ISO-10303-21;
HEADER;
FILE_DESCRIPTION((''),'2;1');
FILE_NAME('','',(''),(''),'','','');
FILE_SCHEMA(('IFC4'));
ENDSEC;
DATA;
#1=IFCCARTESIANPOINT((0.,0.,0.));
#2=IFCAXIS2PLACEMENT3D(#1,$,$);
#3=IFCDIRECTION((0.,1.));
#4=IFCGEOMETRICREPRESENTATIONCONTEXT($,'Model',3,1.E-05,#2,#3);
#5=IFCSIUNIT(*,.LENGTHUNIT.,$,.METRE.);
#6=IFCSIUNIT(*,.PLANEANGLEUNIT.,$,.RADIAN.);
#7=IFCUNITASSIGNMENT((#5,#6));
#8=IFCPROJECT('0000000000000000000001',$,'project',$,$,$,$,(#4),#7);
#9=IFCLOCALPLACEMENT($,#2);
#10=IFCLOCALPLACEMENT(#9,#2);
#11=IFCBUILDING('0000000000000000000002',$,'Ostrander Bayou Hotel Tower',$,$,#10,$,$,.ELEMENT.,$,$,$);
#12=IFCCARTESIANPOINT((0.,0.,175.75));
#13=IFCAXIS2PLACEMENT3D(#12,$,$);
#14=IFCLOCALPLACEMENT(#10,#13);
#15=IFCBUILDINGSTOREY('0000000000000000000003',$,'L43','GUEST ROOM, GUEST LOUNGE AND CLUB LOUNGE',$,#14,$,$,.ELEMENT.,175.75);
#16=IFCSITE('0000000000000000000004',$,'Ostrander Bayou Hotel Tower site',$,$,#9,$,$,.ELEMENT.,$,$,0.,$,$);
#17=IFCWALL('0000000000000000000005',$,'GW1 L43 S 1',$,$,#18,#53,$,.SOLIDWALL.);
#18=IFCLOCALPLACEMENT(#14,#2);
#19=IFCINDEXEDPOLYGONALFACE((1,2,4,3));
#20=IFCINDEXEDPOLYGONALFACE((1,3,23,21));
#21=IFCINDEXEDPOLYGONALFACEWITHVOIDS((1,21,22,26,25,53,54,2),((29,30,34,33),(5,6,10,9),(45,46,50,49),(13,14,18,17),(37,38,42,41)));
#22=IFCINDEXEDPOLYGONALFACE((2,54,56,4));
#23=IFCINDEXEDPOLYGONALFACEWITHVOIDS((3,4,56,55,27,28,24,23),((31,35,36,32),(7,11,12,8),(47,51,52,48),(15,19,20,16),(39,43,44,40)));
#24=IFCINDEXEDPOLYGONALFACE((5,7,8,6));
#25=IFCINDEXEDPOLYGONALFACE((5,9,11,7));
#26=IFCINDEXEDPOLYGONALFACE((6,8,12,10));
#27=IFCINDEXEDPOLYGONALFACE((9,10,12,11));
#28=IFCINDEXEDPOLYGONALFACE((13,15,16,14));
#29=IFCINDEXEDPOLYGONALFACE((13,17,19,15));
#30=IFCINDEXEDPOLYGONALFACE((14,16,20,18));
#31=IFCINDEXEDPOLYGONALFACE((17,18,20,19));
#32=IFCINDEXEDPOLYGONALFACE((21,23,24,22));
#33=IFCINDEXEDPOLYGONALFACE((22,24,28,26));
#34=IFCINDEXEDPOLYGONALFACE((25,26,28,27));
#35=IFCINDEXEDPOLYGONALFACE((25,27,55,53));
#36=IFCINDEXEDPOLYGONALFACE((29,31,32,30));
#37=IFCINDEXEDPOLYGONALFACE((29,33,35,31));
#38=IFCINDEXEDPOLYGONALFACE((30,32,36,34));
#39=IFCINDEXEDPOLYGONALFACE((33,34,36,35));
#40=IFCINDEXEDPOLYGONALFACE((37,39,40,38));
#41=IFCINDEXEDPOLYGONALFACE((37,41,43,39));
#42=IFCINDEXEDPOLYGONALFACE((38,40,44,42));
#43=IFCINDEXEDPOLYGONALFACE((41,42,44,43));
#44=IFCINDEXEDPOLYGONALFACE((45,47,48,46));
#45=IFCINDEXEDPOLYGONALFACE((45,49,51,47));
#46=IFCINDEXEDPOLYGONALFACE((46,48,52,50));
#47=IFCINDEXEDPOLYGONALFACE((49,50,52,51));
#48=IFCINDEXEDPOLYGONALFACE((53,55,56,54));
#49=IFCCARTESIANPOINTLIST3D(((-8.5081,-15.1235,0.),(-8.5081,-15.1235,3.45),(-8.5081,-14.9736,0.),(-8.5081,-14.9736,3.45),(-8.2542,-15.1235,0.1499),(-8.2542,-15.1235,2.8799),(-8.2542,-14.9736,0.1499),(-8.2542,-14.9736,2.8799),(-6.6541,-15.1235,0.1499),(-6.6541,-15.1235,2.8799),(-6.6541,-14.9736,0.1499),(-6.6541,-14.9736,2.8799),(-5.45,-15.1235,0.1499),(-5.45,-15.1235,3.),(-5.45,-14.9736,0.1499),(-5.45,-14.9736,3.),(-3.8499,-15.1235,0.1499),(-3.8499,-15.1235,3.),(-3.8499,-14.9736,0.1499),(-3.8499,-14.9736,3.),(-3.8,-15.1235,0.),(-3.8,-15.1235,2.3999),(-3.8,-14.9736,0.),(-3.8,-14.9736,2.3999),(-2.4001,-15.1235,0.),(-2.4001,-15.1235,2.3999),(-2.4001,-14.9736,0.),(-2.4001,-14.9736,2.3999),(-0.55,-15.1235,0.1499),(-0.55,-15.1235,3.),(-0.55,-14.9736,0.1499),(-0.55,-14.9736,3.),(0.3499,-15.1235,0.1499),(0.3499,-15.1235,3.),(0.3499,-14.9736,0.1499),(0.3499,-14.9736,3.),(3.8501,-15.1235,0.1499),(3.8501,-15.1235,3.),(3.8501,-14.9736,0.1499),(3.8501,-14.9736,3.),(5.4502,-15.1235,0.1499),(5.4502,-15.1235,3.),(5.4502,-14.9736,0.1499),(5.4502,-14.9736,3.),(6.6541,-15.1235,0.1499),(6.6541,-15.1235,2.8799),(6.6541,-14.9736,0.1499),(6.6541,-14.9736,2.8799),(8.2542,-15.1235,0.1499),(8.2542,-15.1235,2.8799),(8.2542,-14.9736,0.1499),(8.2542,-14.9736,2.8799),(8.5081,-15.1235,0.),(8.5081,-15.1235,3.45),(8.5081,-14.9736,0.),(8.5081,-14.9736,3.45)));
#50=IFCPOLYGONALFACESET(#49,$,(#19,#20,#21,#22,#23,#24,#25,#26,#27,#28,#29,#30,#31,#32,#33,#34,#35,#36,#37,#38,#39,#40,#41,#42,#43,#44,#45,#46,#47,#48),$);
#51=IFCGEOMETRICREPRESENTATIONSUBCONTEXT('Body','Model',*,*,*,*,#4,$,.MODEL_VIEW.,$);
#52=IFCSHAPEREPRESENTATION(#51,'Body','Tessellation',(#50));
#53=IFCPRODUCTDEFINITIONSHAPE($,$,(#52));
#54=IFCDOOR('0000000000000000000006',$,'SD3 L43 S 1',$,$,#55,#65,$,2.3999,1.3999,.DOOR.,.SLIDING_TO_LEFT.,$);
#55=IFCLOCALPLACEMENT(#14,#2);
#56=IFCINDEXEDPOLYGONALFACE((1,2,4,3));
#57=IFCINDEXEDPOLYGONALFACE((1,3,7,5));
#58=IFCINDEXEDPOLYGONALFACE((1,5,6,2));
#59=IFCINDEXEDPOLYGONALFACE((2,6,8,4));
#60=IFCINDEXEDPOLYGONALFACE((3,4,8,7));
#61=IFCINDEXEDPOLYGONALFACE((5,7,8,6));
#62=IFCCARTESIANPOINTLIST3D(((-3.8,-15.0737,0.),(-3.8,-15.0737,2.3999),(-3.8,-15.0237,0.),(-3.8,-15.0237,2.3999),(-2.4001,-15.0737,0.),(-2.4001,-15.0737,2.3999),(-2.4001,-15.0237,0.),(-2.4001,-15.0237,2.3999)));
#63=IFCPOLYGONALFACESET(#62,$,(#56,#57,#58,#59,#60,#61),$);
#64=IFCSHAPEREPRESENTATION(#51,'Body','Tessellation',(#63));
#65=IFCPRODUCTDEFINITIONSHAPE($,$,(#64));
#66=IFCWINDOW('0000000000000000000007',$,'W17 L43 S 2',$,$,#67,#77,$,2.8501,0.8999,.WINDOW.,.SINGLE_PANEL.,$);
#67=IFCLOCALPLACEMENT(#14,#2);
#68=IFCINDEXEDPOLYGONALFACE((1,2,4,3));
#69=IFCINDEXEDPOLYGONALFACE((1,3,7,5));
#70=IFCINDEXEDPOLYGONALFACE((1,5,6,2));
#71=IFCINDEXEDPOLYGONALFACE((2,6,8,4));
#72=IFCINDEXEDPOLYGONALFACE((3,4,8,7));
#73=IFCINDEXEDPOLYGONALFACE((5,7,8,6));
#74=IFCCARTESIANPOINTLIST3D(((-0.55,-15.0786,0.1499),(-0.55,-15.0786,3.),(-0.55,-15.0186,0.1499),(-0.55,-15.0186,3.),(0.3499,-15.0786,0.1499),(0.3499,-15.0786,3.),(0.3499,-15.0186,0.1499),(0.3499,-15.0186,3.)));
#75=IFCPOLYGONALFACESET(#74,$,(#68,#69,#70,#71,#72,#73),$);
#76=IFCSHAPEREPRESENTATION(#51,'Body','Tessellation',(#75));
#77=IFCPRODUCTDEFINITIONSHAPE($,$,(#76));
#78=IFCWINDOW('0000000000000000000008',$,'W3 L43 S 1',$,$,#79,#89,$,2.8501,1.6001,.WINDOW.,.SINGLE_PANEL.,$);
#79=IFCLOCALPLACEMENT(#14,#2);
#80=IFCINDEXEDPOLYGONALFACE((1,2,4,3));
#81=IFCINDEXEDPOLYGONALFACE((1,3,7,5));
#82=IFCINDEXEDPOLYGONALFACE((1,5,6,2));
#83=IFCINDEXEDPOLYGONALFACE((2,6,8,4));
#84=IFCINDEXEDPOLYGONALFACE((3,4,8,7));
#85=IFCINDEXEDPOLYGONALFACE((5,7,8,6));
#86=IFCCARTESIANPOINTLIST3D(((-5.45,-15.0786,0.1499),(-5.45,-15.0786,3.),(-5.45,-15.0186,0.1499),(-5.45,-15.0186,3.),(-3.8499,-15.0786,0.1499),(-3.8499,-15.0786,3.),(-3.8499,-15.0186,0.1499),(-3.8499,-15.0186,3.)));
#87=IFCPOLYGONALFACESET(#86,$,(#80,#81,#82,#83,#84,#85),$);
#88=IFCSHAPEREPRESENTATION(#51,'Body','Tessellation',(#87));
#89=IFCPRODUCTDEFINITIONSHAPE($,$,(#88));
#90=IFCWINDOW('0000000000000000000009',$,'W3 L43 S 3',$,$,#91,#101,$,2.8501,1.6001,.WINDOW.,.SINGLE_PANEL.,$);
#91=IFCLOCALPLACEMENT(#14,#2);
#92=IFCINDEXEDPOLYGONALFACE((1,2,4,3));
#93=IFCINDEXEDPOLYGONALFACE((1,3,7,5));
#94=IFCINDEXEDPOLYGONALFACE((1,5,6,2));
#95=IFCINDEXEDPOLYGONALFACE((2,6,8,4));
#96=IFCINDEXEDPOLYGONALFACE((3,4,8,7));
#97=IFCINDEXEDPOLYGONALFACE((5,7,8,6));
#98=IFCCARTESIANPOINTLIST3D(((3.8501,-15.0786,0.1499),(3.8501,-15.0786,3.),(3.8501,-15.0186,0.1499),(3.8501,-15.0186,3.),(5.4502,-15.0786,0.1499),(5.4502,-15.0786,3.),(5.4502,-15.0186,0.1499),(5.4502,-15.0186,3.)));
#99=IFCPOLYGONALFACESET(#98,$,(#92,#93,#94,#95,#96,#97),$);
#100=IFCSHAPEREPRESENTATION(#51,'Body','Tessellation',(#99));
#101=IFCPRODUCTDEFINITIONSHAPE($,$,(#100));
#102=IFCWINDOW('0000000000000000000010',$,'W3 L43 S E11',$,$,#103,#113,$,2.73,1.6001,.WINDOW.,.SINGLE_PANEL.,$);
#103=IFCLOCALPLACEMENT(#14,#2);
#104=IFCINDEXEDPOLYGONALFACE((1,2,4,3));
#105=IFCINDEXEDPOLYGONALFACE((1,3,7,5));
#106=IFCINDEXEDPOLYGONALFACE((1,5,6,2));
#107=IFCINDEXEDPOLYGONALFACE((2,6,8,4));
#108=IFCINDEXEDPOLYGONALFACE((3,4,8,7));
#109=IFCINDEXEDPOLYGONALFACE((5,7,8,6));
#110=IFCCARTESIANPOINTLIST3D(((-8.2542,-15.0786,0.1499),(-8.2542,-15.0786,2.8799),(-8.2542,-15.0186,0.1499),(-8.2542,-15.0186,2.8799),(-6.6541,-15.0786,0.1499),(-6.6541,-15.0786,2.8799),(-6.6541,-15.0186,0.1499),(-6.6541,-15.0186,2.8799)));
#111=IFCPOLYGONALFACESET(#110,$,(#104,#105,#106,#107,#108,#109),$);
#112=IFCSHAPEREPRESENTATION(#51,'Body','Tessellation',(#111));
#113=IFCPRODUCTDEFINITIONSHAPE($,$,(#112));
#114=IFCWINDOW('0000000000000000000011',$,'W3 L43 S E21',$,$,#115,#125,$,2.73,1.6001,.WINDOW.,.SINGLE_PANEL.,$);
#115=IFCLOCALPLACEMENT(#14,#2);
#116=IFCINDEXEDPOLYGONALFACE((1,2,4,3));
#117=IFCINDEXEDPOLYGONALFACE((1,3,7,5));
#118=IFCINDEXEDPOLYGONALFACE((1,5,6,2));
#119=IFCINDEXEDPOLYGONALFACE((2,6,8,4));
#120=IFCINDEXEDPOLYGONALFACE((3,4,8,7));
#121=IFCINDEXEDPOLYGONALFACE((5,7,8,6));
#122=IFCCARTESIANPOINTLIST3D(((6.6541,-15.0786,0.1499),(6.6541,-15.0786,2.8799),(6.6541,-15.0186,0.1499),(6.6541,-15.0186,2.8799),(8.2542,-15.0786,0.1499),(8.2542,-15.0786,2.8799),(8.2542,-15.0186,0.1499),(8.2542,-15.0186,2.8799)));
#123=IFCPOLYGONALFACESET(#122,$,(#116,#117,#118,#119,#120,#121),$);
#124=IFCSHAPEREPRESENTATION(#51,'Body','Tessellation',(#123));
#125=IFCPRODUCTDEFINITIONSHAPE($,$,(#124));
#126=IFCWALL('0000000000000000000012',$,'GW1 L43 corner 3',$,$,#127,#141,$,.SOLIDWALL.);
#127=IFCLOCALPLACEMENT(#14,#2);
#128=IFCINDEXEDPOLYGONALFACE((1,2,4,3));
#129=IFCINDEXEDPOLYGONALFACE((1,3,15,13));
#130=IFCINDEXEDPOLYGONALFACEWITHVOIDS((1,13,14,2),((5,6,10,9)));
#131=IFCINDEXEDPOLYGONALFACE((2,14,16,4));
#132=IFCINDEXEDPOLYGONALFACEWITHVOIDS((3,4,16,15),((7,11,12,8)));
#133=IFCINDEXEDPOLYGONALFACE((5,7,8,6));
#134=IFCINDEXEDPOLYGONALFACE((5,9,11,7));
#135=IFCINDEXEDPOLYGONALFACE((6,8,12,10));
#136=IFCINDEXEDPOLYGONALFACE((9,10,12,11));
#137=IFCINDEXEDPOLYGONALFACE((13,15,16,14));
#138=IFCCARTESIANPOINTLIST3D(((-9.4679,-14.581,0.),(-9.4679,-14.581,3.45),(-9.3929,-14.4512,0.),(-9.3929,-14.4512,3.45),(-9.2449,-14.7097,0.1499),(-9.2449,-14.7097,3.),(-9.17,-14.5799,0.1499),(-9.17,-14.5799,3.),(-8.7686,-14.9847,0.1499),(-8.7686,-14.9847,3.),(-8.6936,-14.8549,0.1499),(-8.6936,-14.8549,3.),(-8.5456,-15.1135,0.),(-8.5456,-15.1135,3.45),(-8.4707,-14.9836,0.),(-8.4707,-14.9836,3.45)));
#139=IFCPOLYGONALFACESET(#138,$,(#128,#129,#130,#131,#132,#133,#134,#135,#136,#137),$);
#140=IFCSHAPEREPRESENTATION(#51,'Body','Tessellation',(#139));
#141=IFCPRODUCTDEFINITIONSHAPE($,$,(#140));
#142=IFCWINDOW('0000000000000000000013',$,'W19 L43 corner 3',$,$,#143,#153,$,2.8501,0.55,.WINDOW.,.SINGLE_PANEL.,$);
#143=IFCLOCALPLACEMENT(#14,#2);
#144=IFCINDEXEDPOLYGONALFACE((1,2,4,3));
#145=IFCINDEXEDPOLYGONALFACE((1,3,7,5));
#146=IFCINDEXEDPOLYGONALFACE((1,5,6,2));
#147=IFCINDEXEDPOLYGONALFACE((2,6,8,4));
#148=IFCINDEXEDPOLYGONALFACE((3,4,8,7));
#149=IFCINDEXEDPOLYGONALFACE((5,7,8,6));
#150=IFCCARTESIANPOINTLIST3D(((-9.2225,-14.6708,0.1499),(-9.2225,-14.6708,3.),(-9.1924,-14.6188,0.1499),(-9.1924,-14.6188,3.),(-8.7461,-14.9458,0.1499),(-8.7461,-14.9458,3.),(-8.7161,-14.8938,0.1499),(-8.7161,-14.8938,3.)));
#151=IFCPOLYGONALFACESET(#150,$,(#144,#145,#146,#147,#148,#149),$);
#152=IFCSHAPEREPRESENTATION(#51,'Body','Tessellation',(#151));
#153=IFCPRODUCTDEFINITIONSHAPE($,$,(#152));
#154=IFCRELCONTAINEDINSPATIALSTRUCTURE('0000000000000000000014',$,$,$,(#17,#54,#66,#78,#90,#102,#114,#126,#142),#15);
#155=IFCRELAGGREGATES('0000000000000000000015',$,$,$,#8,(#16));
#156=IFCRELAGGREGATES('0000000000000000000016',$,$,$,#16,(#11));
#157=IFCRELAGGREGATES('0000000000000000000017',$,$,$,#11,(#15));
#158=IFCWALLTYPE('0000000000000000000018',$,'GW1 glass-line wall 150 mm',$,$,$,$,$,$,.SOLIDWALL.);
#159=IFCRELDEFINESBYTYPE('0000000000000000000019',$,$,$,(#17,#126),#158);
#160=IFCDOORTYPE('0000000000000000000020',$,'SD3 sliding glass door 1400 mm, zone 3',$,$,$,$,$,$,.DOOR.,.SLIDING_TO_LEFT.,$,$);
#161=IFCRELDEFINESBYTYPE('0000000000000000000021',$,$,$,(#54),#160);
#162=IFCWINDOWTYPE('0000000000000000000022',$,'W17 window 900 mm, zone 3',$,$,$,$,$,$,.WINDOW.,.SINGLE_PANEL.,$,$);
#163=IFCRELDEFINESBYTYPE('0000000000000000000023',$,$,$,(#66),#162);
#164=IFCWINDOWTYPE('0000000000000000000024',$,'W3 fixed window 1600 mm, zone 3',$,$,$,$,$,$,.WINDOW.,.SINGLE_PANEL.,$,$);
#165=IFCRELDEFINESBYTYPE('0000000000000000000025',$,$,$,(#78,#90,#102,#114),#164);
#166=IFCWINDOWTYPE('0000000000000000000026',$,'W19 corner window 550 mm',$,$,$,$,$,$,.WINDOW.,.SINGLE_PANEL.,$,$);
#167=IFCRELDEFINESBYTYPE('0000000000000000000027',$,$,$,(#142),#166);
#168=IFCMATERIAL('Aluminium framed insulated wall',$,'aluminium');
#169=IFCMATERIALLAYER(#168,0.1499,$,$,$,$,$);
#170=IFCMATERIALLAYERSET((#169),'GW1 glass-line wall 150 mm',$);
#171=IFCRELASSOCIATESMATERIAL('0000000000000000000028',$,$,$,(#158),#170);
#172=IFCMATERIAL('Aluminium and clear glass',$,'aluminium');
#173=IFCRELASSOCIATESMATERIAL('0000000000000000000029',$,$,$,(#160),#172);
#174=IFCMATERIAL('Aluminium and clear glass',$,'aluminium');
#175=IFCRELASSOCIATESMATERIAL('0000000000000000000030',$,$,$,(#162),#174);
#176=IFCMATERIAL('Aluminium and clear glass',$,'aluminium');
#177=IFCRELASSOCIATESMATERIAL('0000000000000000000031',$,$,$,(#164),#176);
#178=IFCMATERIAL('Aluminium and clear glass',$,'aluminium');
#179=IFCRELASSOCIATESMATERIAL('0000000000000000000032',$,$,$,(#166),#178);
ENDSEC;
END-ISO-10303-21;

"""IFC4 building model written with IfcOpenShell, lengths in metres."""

from ifc_helpers import new_model, si_unit, direction, frame, frame_2d, origin, place, context, subcontext, project, spatial, rectangle, extrude, material, layer, layer_set, type_object, element, fill, save


model = new_model("IFC4")

# Units and contexts
model_context = context("Model", 3, precision=1e-05, world=origin(), true_north=direction((0.0, 1.0)))
body_context = subcontext(model_context, "Body", "Model", "MODEL_VIEW")
ifc_project = project(units=[si_unit("LENGTHUNIT", "METRE"), si_unit("PLANEANGLEUNIT", "RADIAN")], contexts=[model_context])

# Site, building, storey
site_placement = place(None, origin())
site = spatial("IfcSite", under=ifc_project, at=site_placement, Name="Ostrander Bayou Hotel Tower site", CompositionType="ELEMENT", RefElevation=0.0)
building_placement = place(site_placement, origin())
building = spatial("IfcBuilding", under=site, at=building_placement, Name="Ostrander Bayou Hotel Tower", CompositionType="ELEMENT")
storey_placement = place(building_placement, frame((0.0, 0.0, 175.75)))
storey = spatial("IfcBuildingStorey", under=building, at=storey_placement, Name="L43", Description="GUEST ROOM, GUEST LOUNGE AND CLUB LOUNGE", CompositionType="ELEMENT", Elevation=175.75)

# Wall, openings, door, windows
ifc_material_1 = material(Name="Aluminium framed insulated wall", Category="aluminium")
ifc_layer_1 = layer(ifc_material_1, 0.1499)
ifc_layer_set_1 = layer_set([ifc_layer_1], Name="GW1 glass-line wall 150 mm")
wall_type_1 = type_object("IfcWallType", Name="GW1 glass-line wall 150 mm", PredefinedType="SOLIDWALL", material=ifc_layer_set_1)
wall_1_placement = place(storey_placement, frame((-8.5081, -15.0486, 0.0), z_axis=(0.0, 0.0, 1.0), x_axis=(1.0, 0.0, 0.0)))
wall_1 = element("IfcWall", 1, at=wall_1_placement, inside=storey, type_object=wall_type_1, Name="GW1 L43 S 1", PredefinedType="SOLIDWALL", context=body_context, shape_type="SweptSolid", body=[
    extrude(rectangle(XDim=17.0161, YDim=0.1499, at=frame_2d((8.5081, 0.0))), origin(), (0.0, 0.0, 1.0), 3.45),
])
opening_1_placement = place(wall_1_placement, frame((3.0581, 0.0, 0.1499)))
opening_1 = element("IfcOpeningElement", 2, at=opening_1_placement, cuts=wall_1, PredefinedType="OPENING", context=body_context, shape_type="SweptSolid", body=[
    extrude(rectangle(XDim=1.6001, YDim=2.8501, at=frame_2d((0.8, 1.425))), frame((0.0, 0.075, 0.0), z_axis=(0.0, -1.0, 0.0), x_axis=(1.0, 0.0, 0.0)), (0.0, 0.0, 1.0), 0.1499),
])
opening_2_placement = place(wall_1_placement, frame((4.708, 0.0, 0.0)))
opening_2 = element("IfcOpeningElement", 3, at=opening_2_placement, cuts=wall_1, PredefinedType="OPENING", context=body_context, shape_type="SweptSolid", body=[
    extrude(rectangle(XDim=1.3999, YDim=2.3999, at=frame_2d((0.7, 1.2))), frame((0.0, 0.075, 0.0), z_axis=(0.0, -1.0, 0.0), x_axis=(1.0, 0.0, 0.0)), (0.0, 0.0, 1.0), 0.1499),
])
opening_3_placement = place(wall_1_placement, frame((7.958, 0.0, 0.1499)))
opening_3 = element("IfcOpeningElement", 4, at=opening_3_placement, cuts=wall_1, PredefinedType="OPENING", context=body_context, shape_type="SweptSolid", body=[
    extrude(rectangle(XDim=0.8999, YDim=2.8501, at=frame_2d((0.45, 1.425))), frame((0.0, 0.075, 0.0), z_axis=(0.0, -1.0, 0.0), x_axis=(1.0, 0.0, 0.0)), (0.0, 0.0, 1.0), 0.1499),
])
opening_4_placement = place(wall_1_placement, frame((12.3582, 0.0, 0.1499)))
opening_4 = element("IfcOpeningElement", 5, at=opening_4_placement, cuts=wall_1, PredefinedType="OPENING", context=body_context, shape_type="SweptSolid", body=[
    extrude(rectangle(XDim=1.6001, YDim=2.8501, at=frame_2d((0.8, 1.425))), frame((0.0, 0.075, 0.0), z_axis=(0.0, -1.0, 0.0), x_axis=(1.0, 0.0, 0.0)), (0.0, 0.0, 1.0), 0.1499),
])
opening_5_placement = place(wall_1_placement, frame((0.2539, 0.0, 0.1499)))
opening_5 = element("IfcOpeningElement", 6, at=opening_5_placement, cuts=wall_1, PredefinedType="OPENING", context=body_context, shape_type="SweptSolid", body=[
    extrude(rectangle(XDim=1.6001, YDim=2.73, at=frame_2d((0.8, 1.365))), frame((0.0, 0.075, 0.0), z_axis=(0.0, -1.0, 0.0), x_axis=(1.0, 0.0, 0.0)), (0.0, 0.0, 1.0), 0.1499),
])
opening_6_placement = place(wall_1_placement, frame((15.1621, 0.0, 0.1499)))
opening_6 = element("IfcOpeningElement", 7, at=opening_6_placement, cuts=wall_1, PredefinedType="OPENING", context=body_context, shape_type="SweptSolid", body=[
    extrude(rectangle(XDim=1.6001, YDim=2.73, at=frame_2d((0.8, 1.365))), frame((0.0, 0.075, 0.0), z_axis=(0.0, -1.0, 0.0), x_axis=(1.0, 0.0, 0.0)), (0.0, 0.0, 1.0), 0.1499),
])
ifc_material_2 = material(Name="Aluminium and clear glass", Category="aluminium")
door_type_1 = type_object("IfcDoorType", Name="SD3 sliding glass door 1400 mm, zone 3", OperationType="SLIDING_TO_LEFT", PredefinedType="DOOR", material=ifc_material_2)
door_1_placement = place(opening_2_placement, origin())
door_1 = element("IfcDoor", 8, at=door_1_placement, inside=storey, type_object=door_type_1, Name="SD3 L43 S 1", OperationType="SLIDING_TO_LEFT", OverallHeight=2.3999, OverallWidth=1.3999, PredefinedType="DOOR", context=body_context, shape_type="SweptSolid", body=[
    extrude(rectangle(XDim=1.3999, YDim=2.3999, at=frame_2d((0.7, 1.2))), frame((0.0, 0.0249, 0.0), z_axis=(0.0, -1.0, 0.0), x_axis=(1.0, 0.0, 0.0)), (0.0, 0.0, 1.0), 0.05),
])
fill(opening_2, door_1)
ifc_material_3 = material(Name="Aluminium and clear glass", Category="aluminium")
window_type_1 = type_object("IfcWindowType", Name="W17 window 900 mm, zone 3", PartitioningType="SINGLE_PANEL", PredefinedType="WINDOW", material=ifc_material_3)
window_1_placement = place(opening_3_placement, origin())
window_1 = element("IfcWindow", 9, at=window_1_placement, inside=storey, type_object=window_type_1, Name="W17 L43 S 2", OverallHeight=2.8501, OverallWidth=0.8999, PartitioningType="SINGLE_PANEL", PredefinedType="WINDOW", context=body_context, shape_type="SweptSolid", body=[
    extrude(rectangle(XDim=0.8999, YDim=2.8501, at=frame_2d((0.45, 1.425))), frame((0.0, 0.03, 0.0), z_axis=(0.0, -1.0, 0.0), x_axis=(1.0, 0.0, 0.0)), (0.0, 0.0, 1.0), 0.0601),
])
fill(opening_3, window_1)
ifc_material_4 = material(Name="Aluminium and clear glass", Category="aluminium")
window_type_2 = type_object("IfcWindowType", Name="W3 fixed window 1600 mm, zone 3", PartitioningType="SINGLE_PANEL", PredefinedType="WINDOW", material=ifc_material_4)
window_2_placement = place(opening_1_placement, origin())
window_2 = element("IfcWindow", 10, at=window_2_placement, inside=storey, type_object=window_type_2, Name="W3 L43 S 1", OverallHeight=2.8501, OverallWidth=1.6001, PartitioningType="SINGLE_PANEL", PredefinedType="WINDOW", context=body_context, shape_type="SweptSolid", body=[
    extrude(rectangle(XDim=1.6001, YDim=2.8501, at=frame_2d((0.8, 1.425))), frame((0.0, 0.03, 0.0), z_axis=(0.0, -1.0, 0.0), x_axis=(1.0, 0.0, 0.0)), (0.0, 0.0, 1.0), 0.0601),
])
fill(opening_1, window_2)
window_3_placement = place(opening_4_placement, origin())
window_3 = element("IfcWindow", 11, at=window_3_placement, inside=storey, type_object=window_type_2, Name="W3 L43 S 3", OverallHeight=2.8501, OverallWidth=1.6001, PartitioningType="SINGLE_PANEL", PredefinedType="WINDOW", context=body_context, shape_type="SweptSolid", body=[
    extrude(rectangle(XDim=1.6001, YDim=2.8501, at=frame_2d((0.8, 1.425))), frame((0.0, 0.03, 0.0), z_axis=(0.0, -1.0, 0.0), x_axis=(1.0, 0.0, 0.0)), (0.0, 0.0, 1.0), 0.0601),
])
fill(opening_4, window_3)
window_4_placement = place(opening_5_placement, origin())
window_4 = element("IfcWindow", 12, at=window_4_placement, inside=storey, type_object=window_type_2, Name="W3 L43 S E11", OverallHeight=2.73, OverallWidth=1.6001, PartitioningType="SINGLE_PANEL", PredefinedType="WINDOW", context=body_context, shape_type="SweptSolid", body=[
    extrude(rectangle(XDim=1.6001, YDim=2.73, at=frame_2d((0.8, 1.365))), frame((0.0, 0.03, 0.0), z_axis=(0.0, -1.0, 0.0), x_axis=(1.0, 0.0, 0.0)), (0.0, 0.0, 1.0), 0.0601),
])
fill(opening_5, window_4)
window_5_placement = place(opening_6_placement, origin())
window_5 = element("IfcWindow", 13, at=window_5_placement, inside=storey, type_object=window_type_2, Name="W3 L43 S E21", OverallHeight=2.73, OverallWidth=1.6001, PartitioningType="SINGLE_PANEL", PredefinedType="WINDOW", context=body_context, shape_type="SweptSolid", body=[
    extrude(rectangle(XDim=1.6001, YDim=2.73, at=frame_2d((0.8, 1.365))), frame((0.0, 0.03, 0.0), z_axis=(0.0, -1.0, 0.0), x_axis=(1.0, 0.0, 0.0)), (0.0, 0.0, 1.0), 0.0601),
])
fill(opening_6, window_5)

# Wall, opening, window
wall_2_placement = place(storey_placement, frame((-9.4304, -14.5161, 0.0), z_axis=(0.0, 0.0, 1.0), x_axis=(0.866048, -0.499961, 0.0)))
wall_2 = element("IfcWall", 14, at=wall_2_placement, inside=storey, type_object=wall_type_1, Name="GW1 L43 corner 3", PredefinedType="SOLIDWALL", context=body_context, shape_type="SweptSolid", body=[
    extrude(rectangle(XDim=1.0649, YDim=0.1499, at=frame_2d((0.5325, 0.0))), origin(), (0.0, 0.0, 1.0), 3.45),
])
opening_7_placement = place(wall_2_placement, frame((0.2576, 0.0, 0.1499)))
opening_7 = element("IfcOpeningElement", 15, at=opening_7_placement, cuts=wall_2, PredefinedType="OPENING", context=body_context, shape_type="SweptSolid", body=[
    extrude(rectangle(XDim=0.55, YDim=2.8501, at=frame_2d((0.2749, 1.425))), frame((0.0, 0.075, 0.0), z_axis=(0.0, -1.0, 0.0), x_axis=(1.0, 0.0, 0.0)), (0.0, 0.0, 1.0), 0.1499),
])
ifc_material_5 = material(Name="Aluminium and clear glass", Category="aluminium")
window_type_3 = type_object("IfcWindowType", Name="W19 corner window 550 mm", PartitioningType="SINGLE_PANEL", PredefinedType="WINDOW", material=ifc_material_5)
window_6_placement = place(opening_7_placement, origin())
window_6 = element("IfcWindow", 16, at=window_6_placement, inside=storey, type_object=window_type_3, Name="W19 L43 corner 3", OverallHeight=2.8501, OverallWidth=0.55, PartitioningType="SINGLE_PANEL", PredefinedType="WINDOW", context=body_context, shape_type="SweptSolid", body=[
    extrude(rectangle(XDim=0.55, YDim=2.8501, at=frame_2d((0.2749, 1.425))), frame((0.0, 0.03, 0.0), z_axis=(0.0, -1.0, 0.0), x_axis=(1.0, 0.0, 0.0)), (0.0, 0.0, 1.0), 0.0601),
])
fill(opening_7, window_6)

save(model, "model.ifc")
